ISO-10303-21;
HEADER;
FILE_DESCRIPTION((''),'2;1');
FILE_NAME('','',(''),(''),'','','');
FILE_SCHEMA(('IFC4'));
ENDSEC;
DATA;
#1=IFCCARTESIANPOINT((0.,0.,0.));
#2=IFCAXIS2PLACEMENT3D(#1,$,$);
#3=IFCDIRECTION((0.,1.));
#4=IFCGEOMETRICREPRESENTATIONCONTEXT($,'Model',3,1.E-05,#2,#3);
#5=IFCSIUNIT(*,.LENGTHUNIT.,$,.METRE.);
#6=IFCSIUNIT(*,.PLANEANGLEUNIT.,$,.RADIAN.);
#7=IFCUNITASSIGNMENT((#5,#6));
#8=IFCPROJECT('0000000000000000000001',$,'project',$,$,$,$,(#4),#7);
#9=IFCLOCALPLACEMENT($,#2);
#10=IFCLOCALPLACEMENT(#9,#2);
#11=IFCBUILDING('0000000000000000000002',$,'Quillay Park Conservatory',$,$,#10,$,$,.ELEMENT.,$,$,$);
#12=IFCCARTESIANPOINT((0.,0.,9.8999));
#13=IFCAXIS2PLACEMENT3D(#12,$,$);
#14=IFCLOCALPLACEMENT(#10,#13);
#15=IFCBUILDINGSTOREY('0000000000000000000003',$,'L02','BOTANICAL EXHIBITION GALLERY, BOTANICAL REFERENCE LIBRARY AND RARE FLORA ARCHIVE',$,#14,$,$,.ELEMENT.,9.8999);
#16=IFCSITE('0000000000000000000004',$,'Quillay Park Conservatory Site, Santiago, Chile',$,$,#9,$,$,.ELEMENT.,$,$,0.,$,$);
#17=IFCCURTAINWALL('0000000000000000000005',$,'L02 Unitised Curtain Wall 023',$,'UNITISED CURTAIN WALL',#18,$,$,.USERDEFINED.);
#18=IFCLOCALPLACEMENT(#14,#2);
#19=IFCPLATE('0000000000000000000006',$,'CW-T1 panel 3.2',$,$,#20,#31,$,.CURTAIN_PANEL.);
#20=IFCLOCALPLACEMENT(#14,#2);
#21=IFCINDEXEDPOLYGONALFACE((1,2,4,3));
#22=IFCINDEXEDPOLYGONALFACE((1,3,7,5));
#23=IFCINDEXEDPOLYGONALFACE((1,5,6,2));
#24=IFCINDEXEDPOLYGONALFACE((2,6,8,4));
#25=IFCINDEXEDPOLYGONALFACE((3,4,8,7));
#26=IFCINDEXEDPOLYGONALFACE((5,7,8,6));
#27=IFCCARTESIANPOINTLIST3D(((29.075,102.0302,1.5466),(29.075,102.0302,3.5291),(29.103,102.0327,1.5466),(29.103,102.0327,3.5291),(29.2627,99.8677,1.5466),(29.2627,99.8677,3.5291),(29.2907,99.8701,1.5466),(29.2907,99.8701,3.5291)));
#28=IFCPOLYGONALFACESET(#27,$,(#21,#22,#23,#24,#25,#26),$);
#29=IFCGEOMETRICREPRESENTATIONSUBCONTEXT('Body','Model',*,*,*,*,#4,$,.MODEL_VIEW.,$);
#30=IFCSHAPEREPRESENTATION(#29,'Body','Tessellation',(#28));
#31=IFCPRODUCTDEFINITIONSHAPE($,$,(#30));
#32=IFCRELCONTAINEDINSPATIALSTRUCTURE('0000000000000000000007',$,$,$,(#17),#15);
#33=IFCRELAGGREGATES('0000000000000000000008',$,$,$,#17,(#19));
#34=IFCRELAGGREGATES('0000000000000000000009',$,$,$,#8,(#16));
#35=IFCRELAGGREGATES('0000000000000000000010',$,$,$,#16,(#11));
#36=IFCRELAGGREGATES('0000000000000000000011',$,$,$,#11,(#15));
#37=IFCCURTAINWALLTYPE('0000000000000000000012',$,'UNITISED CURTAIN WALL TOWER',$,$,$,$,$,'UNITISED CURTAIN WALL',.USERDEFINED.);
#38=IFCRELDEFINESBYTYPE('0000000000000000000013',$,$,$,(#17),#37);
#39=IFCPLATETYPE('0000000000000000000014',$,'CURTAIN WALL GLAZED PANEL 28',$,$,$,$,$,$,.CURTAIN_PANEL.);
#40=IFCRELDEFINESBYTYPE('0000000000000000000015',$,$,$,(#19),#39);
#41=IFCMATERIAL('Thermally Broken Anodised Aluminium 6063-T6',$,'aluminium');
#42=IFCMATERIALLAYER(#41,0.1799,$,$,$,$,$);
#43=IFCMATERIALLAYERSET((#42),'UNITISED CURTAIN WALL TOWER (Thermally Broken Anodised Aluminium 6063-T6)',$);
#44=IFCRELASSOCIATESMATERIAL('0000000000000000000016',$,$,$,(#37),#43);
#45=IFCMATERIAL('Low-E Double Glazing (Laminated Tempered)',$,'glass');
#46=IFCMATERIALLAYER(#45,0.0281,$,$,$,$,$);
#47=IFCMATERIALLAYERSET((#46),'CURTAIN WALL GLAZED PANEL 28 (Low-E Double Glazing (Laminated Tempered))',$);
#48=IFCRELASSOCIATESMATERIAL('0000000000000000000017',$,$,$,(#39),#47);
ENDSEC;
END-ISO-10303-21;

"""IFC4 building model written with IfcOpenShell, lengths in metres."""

from ifc_helpers import new_model, si_unit, direction, frame, origin, origin_2d, place, context, subcontext, project, spatial, rectangle, extrude, material, layer, layer_set, type_object, element, aggregate, save


model = new_model("IFC4")

# Units and contexts
model_context = context("Model", 3, precision=1e-05, world=origin(), true_north=direction((0.0, 1.0)))
body_context = subcontext(model_context, "Body", "Model", "MODEL_VIEW")
ifc_project = project(units=[si_unit("LENGTHUNIT", "METRE"), si_unit("PLANEANGLEUNIT", "RADIAN")], contexts=[model_context])

# Site, building, storey
site_placement = place(None, origin())
site = spatial("IfcSite", under=ifc_project, at=site_placement, Name="Quillay Park Conservatory Site, Santiago, Chile", CompositionType="ELEMENT", RefElevation=0.0)
building_placement = place(site_placement, origin())
building = spatial("IfcBuilding", under=site, at=building_placement, Name="Quillay Park Conservatory", CompositionType="ELEMENT")
storey_placement = place(building_placement, frame((0.0, 0.0, 9.8999)))
storey = spatial("IfcBuildingStorey", under=building, at=storey_placement, Name="L02", Description="BOTANICAL EXHIBITION GALLERY, BOTANICAL REFERENCE LIBRARY AND RARE FLORA ARCHIVE", CompositionType="ELEMENT", Elevation=9.8999)

# Curtain wall
ifc_material_1 = material(Name="Thermally Broken Anodised Aluminium 6063-T6", Category="aluminium")
ifc_layer_1 = layer(ifc_material_1, 0.1799)
ifc_layer_set_1 = layer_set([ifc_layer_1], Name="UNITISED CURTAIN WALL TOWER (Thermally Broken Anodised Aluminium 6063-T6)")
curtain_wall_type = type_object("IfcCurtainWallType", Name="UNITISED CURTAIN WALL TOWER", ElementType="UNITISED CURTAIN WALL", PredefinedType="USERDEFINED", material=ifc_layer_set_1)
curtain_wall_1_placement = place(storey_placement, origin())
curtain_wall_1 = element("IfcCurtainWall", 1, at=curtain_wall_1_placement, inside=storey, type_object=curtain_wall_type, Name="L02 Unitised Curtain Wall 023", ObjectType="UNITISED CURTAIN WALL", PredefinedType="USERDEFINED")

# Plate
ifc_material_2 = material(Name="Low-E Double Glazing (Laminated Tempered)", Category="glass")
ifc_layer_2 = layer(ifc_material_2, 0.0281)
ifc_layer_set_2 = layer_set([ifc_layer_2], Name="CURTAIN WALL GLAZED PANEL 28 (Low-E Double Glazing (Laminated Tempered))")
plate_type = type_object("IfcPlateType", Name="CURTAIN WALL GLAZED PANEL 28", PredefinedType="CURTAIN_PANEL", material=ifc_layer_set_2)
plate_1_placement = place(storey_placement, frame((29.1829, 100.9502, 1.5466), z_axis=(0.0, 0.0, 1.0), x_axis=(0.08648, -0.996254, 0.0)))
plate_1 = element("IfcPlate", 2, at=plate_1_placement, type_object=plate_type, Name="CW-T1 panel 3.2", PredefinedType="CURTAIN_PANEL", context=body_context, shape_type="SweptSolid", body=[
    extrude(rectangle(XDim=2.1707, YDim=0.0281, at=origin_2d()), origin(), (0.0, 0.0, 1.0), 1.9824),
])
aggregate(curtain_wall_1, [plate_1])

save(model, "model.ifc")
